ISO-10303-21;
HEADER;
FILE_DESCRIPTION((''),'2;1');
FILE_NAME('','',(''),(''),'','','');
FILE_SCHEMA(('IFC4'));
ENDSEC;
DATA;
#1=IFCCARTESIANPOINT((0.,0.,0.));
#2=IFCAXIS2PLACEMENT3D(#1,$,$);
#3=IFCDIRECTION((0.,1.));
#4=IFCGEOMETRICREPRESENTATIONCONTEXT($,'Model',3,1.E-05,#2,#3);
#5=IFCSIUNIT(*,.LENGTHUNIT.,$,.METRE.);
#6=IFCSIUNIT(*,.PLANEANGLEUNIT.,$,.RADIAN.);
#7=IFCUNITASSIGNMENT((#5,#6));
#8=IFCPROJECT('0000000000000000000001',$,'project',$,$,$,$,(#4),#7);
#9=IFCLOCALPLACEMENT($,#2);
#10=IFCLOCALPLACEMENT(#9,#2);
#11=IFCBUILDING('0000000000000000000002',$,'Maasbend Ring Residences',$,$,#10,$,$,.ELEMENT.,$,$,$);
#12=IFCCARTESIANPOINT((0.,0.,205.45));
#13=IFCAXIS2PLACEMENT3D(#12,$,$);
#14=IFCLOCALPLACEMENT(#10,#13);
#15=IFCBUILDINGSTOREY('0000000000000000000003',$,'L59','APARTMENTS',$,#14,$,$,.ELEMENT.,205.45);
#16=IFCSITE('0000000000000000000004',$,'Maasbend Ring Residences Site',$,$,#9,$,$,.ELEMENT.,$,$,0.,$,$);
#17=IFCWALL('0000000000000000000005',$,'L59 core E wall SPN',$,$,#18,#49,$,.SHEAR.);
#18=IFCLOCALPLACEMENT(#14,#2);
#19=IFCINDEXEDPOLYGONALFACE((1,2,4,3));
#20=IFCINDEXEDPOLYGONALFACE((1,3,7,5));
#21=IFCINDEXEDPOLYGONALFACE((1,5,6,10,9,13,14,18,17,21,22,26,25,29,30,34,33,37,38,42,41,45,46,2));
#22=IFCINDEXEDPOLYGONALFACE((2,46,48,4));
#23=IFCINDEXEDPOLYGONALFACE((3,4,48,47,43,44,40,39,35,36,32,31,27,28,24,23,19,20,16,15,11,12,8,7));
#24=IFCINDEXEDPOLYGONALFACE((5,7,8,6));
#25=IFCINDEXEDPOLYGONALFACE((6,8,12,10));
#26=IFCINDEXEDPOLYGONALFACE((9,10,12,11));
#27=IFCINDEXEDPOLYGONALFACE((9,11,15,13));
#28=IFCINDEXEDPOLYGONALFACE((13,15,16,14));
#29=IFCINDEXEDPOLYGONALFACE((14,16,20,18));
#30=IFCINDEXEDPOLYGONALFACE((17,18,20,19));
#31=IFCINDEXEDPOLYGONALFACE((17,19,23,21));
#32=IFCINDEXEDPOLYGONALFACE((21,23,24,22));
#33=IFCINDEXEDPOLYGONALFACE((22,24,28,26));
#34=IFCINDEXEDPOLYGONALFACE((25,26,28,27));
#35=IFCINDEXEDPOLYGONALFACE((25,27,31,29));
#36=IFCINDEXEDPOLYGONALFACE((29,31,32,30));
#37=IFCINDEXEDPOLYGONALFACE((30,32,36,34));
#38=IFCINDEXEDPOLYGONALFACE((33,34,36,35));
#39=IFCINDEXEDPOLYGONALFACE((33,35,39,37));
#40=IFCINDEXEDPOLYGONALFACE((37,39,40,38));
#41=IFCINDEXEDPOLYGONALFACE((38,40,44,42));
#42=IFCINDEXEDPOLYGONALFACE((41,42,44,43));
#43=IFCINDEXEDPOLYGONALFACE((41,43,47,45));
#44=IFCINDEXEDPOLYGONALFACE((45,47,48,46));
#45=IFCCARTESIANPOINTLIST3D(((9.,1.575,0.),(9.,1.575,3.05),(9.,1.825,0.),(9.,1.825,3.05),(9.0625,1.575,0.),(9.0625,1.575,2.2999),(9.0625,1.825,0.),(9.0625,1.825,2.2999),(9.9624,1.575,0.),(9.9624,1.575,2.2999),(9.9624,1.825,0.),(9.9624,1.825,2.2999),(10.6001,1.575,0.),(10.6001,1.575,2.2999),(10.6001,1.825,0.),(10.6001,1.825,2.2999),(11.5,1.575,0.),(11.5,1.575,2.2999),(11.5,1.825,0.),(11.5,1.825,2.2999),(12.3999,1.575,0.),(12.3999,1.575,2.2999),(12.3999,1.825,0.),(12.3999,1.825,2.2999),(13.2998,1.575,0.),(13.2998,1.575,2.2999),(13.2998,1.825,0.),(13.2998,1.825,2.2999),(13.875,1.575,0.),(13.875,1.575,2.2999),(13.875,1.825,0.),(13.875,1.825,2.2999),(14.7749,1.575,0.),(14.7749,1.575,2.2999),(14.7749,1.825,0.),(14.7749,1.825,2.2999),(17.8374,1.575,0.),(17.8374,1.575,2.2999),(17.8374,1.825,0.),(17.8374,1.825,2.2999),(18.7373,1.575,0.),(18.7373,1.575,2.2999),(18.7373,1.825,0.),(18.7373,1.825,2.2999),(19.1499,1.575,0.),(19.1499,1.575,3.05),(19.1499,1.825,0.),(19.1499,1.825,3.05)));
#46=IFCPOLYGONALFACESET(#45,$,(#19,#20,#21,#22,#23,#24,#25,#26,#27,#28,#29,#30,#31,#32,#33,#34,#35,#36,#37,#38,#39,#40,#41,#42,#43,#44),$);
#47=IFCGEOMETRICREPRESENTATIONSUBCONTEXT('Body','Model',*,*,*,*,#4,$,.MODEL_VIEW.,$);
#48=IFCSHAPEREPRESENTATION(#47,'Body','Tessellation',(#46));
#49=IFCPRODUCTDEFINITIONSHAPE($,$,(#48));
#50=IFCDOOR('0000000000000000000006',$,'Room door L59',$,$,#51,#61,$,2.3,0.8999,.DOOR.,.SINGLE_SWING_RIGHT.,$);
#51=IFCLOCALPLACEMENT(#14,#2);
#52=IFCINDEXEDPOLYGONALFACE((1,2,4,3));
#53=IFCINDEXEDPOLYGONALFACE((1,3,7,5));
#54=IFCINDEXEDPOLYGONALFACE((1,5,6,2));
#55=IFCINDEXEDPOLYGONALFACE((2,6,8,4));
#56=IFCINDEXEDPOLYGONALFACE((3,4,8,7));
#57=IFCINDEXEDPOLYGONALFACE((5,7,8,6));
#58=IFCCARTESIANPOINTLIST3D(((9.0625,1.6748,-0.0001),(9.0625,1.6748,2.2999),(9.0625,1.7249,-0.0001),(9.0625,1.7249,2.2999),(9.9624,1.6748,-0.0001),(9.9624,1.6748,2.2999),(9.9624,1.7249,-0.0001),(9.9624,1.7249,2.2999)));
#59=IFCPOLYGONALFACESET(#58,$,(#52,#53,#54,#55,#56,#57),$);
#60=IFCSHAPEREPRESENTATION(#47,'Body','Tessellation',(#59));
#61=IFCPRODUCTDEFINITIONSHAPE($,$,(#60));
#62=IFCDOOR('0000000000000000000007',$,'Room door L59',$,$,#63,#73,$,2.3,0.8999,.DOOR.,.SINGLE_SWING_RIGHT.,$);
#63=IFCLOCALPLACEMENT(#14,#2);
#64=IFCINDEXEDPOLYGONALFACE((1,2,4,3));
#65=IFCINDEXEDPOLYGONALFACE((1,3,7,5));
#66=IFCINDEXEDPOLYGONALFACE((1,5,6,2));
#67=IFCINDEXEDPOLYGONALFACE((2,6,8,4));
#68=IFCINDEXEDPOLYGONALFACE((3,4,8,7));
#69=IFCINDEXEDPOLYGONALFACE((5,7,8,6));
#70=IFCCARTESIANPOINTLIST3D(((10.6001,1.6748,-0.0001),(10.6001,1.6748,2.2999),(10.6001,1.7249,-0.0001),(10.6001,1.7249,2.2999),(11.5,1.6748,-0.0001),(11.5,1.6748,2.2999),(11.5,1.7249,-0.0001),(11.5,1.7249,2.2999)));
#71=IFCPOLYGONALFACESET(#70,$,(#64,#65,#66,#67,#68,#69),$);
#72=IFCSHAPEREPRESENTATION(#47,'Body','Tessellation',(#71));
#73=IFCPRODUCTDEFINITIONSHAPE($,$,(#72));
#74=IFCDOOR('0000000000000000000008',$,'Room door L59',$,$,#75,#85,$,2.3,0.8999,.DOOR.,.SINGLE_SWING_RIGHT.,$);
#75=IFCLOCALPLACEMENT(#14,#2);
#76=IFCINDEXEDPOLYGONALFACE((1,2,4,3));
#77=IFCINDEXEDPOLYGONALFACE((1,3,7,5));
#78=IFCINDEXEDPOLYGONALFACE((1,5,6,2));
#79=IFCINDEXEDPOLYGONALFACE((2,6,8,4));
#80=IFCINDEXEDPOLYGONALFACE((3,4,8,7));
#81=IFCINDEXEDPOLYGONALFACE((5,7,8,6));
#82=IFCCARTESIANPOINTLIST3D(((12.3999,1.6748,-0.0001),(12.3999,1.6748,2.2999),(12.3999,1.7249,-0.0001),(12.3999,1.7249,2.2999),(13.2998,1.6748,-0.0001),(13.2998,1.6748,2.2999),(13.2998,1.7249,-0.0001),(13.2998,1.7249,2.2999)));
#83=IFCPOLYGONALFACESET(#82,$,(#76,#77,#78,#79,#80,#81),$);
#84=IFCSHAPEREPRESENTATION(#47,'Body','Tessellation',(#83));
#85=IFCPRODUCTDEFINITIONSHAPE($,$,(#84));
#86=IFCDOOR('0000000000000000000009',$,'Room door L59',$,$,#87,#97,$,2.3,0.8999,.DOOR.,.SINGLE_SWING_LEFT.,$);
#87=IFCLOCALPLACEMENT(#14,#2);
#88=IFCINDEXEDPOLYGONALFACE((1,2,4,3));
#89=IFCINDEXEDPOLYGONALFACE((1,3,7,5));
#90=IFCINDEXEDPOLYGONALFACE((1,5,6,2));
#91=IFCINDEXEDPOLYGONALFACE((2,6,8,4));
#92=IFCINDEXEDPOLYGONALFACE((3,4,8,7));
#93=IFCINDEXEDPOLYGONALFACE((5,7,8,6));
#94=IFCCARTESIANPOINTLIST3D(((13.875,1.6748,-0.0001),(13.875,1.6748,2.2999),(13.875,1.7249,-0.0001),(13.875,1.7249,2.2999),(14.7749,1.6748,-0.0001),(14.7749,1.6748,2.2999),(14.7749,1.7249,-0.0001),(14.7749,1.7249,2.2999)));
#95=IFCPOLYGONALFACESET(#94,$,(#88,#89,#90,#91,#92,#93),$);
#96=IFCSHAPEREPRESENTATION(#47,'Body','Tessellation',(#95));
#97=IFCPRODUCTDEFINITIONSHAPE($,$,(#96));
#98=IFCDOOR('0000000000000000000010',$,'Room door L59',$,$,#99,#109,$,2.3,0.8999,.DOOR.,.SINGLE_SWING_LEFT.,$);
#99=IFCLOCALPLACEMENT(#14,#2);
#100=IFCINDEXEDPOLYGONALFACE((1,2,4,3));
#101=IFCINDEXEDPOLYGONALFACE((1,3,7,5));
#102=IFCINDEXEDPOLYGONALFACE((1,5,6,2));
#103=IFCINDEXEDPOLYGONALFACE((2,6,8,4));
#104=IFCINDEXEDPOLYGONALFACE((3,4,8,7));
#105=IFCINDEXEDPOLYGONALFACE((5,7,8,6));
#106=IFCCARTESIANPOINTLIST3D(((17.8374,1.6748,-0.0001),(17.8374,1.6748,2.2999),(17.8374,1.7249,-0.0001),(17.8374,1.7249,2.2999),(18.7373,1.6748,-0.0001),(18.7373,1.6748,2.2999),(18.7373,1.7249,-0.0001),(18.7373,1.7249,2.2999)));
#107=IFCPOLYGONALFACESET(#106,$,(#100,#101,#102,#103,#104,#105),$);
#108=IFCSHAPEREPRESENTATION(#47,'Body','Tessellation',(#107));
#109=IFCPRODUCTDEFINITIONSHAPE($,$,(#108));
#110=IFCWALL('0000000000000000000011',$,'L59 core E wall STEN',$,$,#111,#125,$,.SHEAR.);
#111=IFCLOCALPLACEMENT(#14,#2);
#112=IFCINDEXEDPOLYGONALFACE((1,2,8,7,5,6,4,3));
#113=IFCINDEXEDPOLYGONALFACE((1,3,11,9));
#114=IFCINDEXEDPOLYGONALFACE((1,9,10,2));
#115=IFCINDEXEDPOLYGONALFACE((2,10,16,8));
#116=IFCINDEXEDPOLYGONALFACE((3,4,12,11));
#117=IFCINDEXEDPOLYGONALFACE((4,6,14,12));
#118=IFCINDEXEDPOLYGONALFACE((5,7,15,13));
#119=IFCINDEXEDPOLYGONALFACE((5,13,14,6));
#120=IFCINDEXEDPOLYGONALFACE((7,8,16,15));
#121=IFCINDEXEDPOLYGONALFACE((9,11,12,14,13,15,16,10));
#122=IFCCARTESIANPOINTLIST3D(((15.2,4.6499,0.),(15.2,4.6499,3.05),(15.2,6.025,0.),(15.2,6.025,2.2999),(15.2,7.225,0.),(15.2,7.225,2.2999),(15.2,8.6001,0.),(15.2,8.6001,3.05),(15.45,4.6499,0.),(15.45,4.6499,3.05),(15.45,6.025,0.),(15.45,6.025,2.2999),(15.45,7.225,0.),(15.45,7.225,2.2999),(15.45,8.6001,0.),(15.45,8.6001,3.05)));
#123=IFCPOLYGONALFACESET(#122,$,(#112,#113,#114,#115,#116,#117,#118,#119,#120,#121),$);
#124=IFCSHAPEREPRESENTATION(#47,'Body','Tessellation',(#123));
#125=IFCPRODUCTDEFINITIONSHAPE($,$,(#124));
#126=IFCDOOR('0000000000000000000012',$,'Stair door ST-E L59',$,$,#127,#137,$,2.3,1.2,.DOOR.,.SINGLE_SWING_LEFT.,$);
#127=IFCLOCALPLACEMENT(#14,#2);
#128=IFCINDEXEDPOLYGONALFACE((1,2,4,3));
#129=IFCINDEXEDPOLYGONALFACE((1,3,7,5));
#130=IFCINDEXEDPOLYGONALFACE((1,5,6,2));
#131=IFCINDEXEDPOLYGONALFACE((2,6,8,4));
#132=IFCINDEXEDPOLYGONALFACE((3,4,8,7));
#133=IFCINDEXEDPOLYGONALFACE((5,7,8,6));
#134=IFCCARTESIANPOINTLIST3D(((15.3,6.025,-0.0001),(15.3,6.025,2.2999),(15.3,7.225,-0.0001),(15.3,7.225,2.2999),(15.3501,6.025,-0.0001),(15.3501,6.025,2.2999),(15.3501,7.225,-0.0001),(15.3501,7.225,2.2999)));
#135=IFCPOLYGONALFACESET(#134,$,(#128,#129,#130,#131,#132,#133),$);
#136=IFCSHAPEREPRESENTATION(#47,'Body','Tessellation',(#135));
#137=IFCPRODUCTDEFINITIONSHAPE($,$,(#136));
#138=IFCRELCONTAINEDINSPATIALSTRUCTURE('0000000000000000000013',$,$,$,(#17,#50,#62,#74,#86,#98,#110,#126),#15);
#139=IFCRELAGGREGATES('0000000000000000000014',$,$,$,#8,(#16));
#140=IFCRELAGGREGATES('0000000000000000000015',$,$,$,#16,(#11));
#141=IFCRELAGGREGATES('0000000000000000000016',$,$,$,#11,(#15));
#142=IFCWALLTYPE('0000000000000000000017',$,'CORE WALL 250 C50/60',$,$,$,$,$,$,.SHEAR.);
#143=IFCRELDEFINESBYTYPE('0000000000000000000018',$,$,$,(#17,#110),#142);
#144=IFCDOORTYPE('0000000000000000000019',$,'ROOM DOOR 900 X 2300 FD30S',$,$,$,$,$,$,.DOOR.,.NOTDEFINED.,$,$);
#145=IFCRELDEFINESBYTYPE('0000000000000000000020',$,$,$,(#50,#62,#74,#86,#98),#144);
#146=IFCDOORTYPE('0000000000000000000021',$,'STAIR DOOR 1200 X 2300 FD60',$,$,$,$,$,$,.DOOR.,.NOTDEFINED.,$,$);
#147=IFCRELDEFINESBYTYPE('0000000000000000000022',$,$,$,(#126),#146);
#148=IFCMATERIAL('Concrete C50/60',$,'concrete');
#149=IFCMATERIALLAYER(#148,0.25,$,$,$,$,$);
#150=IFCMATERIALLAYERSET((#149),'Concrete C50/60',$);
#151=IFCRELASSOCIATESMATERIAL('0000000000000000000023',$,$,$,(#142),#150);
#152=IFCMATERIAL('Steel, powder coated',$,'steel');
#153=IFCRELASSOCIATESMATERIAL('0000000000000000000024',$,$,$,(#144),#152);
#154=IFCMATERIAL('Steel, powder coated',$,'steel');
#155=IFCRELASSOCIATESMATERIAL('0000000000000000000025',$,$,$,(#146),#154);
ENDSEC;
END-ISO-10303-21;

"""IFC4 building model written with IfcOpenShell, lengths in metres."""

from ifc_helpers import new_model, si_unit, direction, frame, frame_2d, origin, place, context, subcontext, project, spatial, rectangle, extrude, material, layer, layer_set, type_object, element, fill, save


model = new_model("IFC4")

# Units and contexts
model_context = context("Model", 3, precision=1e-05, world=origin(), true_north=direction((0.0, 1.0)))
body_context = subcontext(model_context, "Body", "Model", "MODEL_VIEW")
ifc_project = project(units=[si_unit("LENGTHUNIT", "METRE"), si_unit("PLANEANGLEUNIT", "RADIAN")], contexts=[model_context])

# Site, building, storey
site_placement = place(None, origin())
site = spatial("IfcSite", under=ifc_project, at=site_placement, Name="Maasbend Ring Residences Site", CompositionType="ELEMENT", RefElevation=0.0)
building_placement = place(site_placement, origin())
building = spatial("IfcBuilding", under=site, at=building_placement, Name="Maasbend Ring Residences", CompositionType="ELEMENT")
storey_placement = place(building_placement, frame((0.0, 0.0, 205.45)))
storey = spatial("IfcBuildingStorey", under=building, at=storey_placement, Name="L59", Description="APARTMENTS", CompositionType="ELEMENT", Elevation=205.45)

# Wall, openings, doors
ifc_material_1 = material(Name="Concrete C50/60", Category="concrete")
ifc_layer_1 = layer(ifc_material_1, 0.25)
ifc_layer_set_1 = layer_set([ifc_layer_1], Name="Concrete C50/60")
wall_type_1 = type_object("IfcWallType", Name="CORE WALL 250 C50/60", PredefinedType="SHEAR", material=ifc_layer_set_1)
wall_1_placement = place(storey_placement, frame((9.0, 1.7, 0.0), z_axis=(0.0, 0.0, 1.0), x_axis=(1.0, 0.0, 0.0)))
wall_1 = element("IfcWall", 1, at=wall_1_placement, inside=storey, type_object=wall_type_1, Name="L59 core E wall SPN", PredefinedType="SHEAR", context=body_context, shape_type="SweptSolid", body=[
    extrude(rectangle(XDim=10.1499, YDim=0.25, at=frame_2d((5.075, 0.0))), origin(), (0.0, 0.0, 1.0), 3.05),
])
opening_1_placement = place(wall_1_placement, frame((0.0625, 0.0, 0.0)))
opening_1 = element("IfcOpeningElement", 2, at=opening_1_placement, cuts=wall_1, PredefinedType="OPENING", context=body_context, shape_type="SweptSolid", body=[
    extrude(rectangle(XDim=0.8999, YDim=2.3, at=frame_2d((0.45, 1.1499))), frame((0.0, 0.135, 0.0), z_axis=(0.0, -1.0, 0.0), x_axis=(1.0, 0.0, 0.0)), (0.0, 0.0, 1.0), 0.27),
])
opening_2_placement = place(wall_1_placement, frame((1.6001, 0.0, 0.0)))
opening_2 = element("IfcOpeningElement", 3, at=opening_2_placement, cuts=wall_1, PredefinedType="OPENING", context=body_context, shape_type="SweptSolid", body=[
    extrude(rectangle(XDim=0.8999, YDim=2.3, at=frame_2d((0.45, 1.1499))), frame((0.0, 0.135, 0.0), z_axis=(0.0, -1.0, 0.0), x_axis=(1.0, 0.0, 0.0)), (0.0, 0.0, 1.0), 0.27),
])
opening_3_placement = place(wall_1_placement, frame((3.3999, 0.0, 0.0)))
opening_3 = element("IfcOpeningElement", 4, at=opening_3_placement, cuts=wall_1, PredefinedType="OPENING", context=body_context, shape_type="SweptSolid", body=[
    extrude(rectangle(XDim=0.8999, YDim=2.3, at=frame_2d((0.45, 1.1499))), frame((0.0, 0.135, 0.0), z_axis=(0.0, -1.0, 0.0), x_axis=(1.0, 0.0, 0.0)), (0.0, 0.0, 1.0), 0.27),
])
opening_4_placement = place(wall_1_placement, frame((4.875, 0.0, 0.0)))
opening_4 = element("IfcOpeningElement", 5, at=opening_4_placement, cuts=wall_1, PredefinedType="OPENING", context=body_context, shape_type="SweptSolid", body=[
    extrude(rectangle(XDim=0.8999, YDim=2.3, at=frame_2d((0.45, 1.1499))), frame((0.0, 0.135, 0.0), z_axis=(0.0, -1.0, 0.0), x_axis=(1.0, 0.0, 0.0)), (0.0, 0.0, 1.0), 0.27),
])
opening_5_placement = place(wall_1_placement, frame((8.8374, 0.0, 0.0)))
opening_5 = element("IfcOpeningElement", 6, at=opening_5_placement, cuts=wall_1, PredefinedType="OPENING", context=body_context, shape_type="SweptSolid", body=[
    extrude(rectangle(XDim=0.8999, YDim=2.3, at=frame_2d((0.45, 1.1499))), frame((0.0, 0.135, 0.0), z_axis=(0.0, -1.0, 0.0), x_axis=(1.0, 0.0, 0.0)), (0.0, 0.0, 1.0), 0.27),
])
ifc_material_2 = material(Name="Steel, powder coated", Category="steel")
door_type_1 = type_object("IfcDoorType", Name="ROOM DOOR 900 X 2300 FD30S", OperationType="NOTDEFINED", PredefinedType="DOOR", material=ifc_material_2)
door_1_placement = place(opening_1_placement, origin())
door_1 = element("IfcDoor", 7, at=door_1_placement, inside=storey, type_object=door_type_1, Name="Room door L59", OperationType="SINGLE_SWING_RIGHT", OverallHeight=2.3, OverallWidth=0.8999, PredefinedType="DOOR", context=body_context, shape_type="SweptSolid", body=[
    extrude(rectangle(XDim=0.8999, YDim=2.3, at=frame_2d((0.45, 1.1499))), frame((0.0, 0.0249, 0.0), z_axis=(0.0, -1.0, 0.0), x_axis=(1.0, 0.0, 0.0)), (0.0, 0.0, 1.0), 0.05),
])
fill(opening_1, door_1)
door_2_placement = place(opening_2_placement, origin())
door_2 = element("IfcDoor", 8, at=door_2_placement, inside=storey, type_object=door_type_1, Name="Room door L59", OperationType="SINGLE_SWING_RIGHT", OverallHeight=2.3, OverallWidth=0.8999, PredefinedType="DOOR", context=body_context, shape_type="SweptSolid", body=[
    extrude(rectangle(XDim=0.8999, YDim=2.3, at=frame_2d((0.45, 1.1499))), frame((0.0, 0.0249, 0.0), z_axis=(0.0, -1.0, 0.0), x_axis=(1.0, 0.0, 0.0)), (0.0, 0.0, 1.0), 0.05),
])
fill(opening_2, door_2)
door_3_placement = place(opening_3_placement, origin())
door_3 = element("IfcDoor", 9, at=door_3_placement, inside=storey, type_object=door_type_1, Name="Room door L59", OperationType="SINGLE_SWING_RIGHT", OverallHeight=2.3, OverallWidth=0.8999, PredefinedType="DOOR", context=body_context, shape_type="SweptSolid", body=[
    extrude(rectangle(XDim=0.8999, YDim=2.3, at=frame_2d((0.45, 1.1499))), frame((0.0, 0.0249, 0.0), z_axis=(0.0, -1.0, 0.0), x_axis=(1.0, 0.0, 0.0)), (0.0, 0.0, 1.0), 0.05),
])
fill(opening_3, door_3)
door_4_placement = place(opening_4_placement, origin())
door_4 = element("IfcDoor", 10, at=door_4_placement, inside=storey, type_object=door_type_1, Name="Room door L59", OperationType="SINGLE_SWING_LEFT", OverallHeight=2.3, OverallWidth=0.8999, PredefinedType="DOOR", context=body_context, shape_type="SweptSolid", body=[
    extrude(rectangle(XDim=0.8999, YDim=2.3, at=frame_2d((0.45, 1.1499))), frame((0.0, 0.0249, 0.0), z_axis=(0.0, -1.0, 0.0), x_axis=(1.0, 0.0, 0.0)), (0.0, 0.0, 1.0), 0.05),
])
fill(opening_4, door_4)
door_5_placement = place(opening_5_placement, origin())
door_5 = element("IfcDoor", 11, at=door_5_placement, inside=storey, type_object=door_type_1, Name="Room door L59", OperationType="SINGLE_SWING_LEFT", OverallHeight=2.3, OverallWidth=0.8999, PredefinedType="DOOR", context=body_context, shape_type="SweptSolid", body=[
    extrude(rectangle(XDim=0.8999, YDim=2.3, at=frame_2d((0.45, 1.1499))), frame((0.0, 0.0249, 0.0), z_axis=(0.0, -1.0, 0.0), x_axis=(1.0, 0.0, 0.0)), (0.0, 0.0, 1.0), 0.05),
])
fill(opening_5, door_5)

# Wall, opening, door
wall_2_placement = place(storey_placement, frame((15.325, 4.6499, 0.0), z_axis=(0.0, 0.0, 1.0), x_axis=(0.0, 1.0, 0.0)))
wall_2 = element("IfcWall", 12, at=wall_2_placement, inside=storey, type_object=wall_type_1, Name="L59 core E wall STEN", PredefinedType="SHEAR", context=body_context, shape_type="SweptSolid", body=[
    extrude(rectangle(XDim=3.9502, YDim=0.25, at=frame_2d((1.9751, 0.0))), origin(), (0.0, 0.0, 1.0), 3.05),
])
opening_6_placement = place(wall_2_placement, frame((1.375, 0.0, 0.0)))
opening_6 = element("IfcOpeningElement", 13, at=opening_6_placement, cuts=wall_2, PredefinedType="OPENING", context=body_context, shape_type="SweptSolid", body=[
    extrude(rectangle(XDim=1.2, YDim=2.3, at=frame_2d((0.6001, 1.1499))), frame((0.0, 0.135, 0.0), z_axis=(0.0, -1.0, 0.0), x_axis=(1.0, 0.0, 0.0)), (0.0, 0.0, 1.0), 0.27),
])
ifc_material_3 = material(Name="Steel, powder coated", Category="steel")
door_type_2 = type_object("IfcDoorType", Name="STAIR DOOR 1200 X 2300 FD60", OperationType="NOTDEFINED", PredefinedType="DOOR", material=ifc_material_3)
door_6_placement = place(opening_6_placement, origin())
door_6 = element("IfcDoor", 14, at=door_6_placement, inside=storey, type_object=door_type_2, Name="Stair door ST-E L59", OperationType="SINGLE_SWING_LEFT", OverallHeight=2.3, OverallWidth=1.2, PredefinedType="DOOR", context=body_context, shape_type="SweptSolid", body=[
    extrude(rectangle(XDim=1.2, YDim=2.3, at=frame_2d((0.6001, 1.1499))), frame((0.0, 0.0249, 0.0), z_axis=(0.0, -1.0, 0.0), x_axis=(1.0, 0.0, 0.0)), (0.0, 0.0, 1.0), 0.05),
])
fill(opening_6, door_6)

save(model, "model.ifc")
